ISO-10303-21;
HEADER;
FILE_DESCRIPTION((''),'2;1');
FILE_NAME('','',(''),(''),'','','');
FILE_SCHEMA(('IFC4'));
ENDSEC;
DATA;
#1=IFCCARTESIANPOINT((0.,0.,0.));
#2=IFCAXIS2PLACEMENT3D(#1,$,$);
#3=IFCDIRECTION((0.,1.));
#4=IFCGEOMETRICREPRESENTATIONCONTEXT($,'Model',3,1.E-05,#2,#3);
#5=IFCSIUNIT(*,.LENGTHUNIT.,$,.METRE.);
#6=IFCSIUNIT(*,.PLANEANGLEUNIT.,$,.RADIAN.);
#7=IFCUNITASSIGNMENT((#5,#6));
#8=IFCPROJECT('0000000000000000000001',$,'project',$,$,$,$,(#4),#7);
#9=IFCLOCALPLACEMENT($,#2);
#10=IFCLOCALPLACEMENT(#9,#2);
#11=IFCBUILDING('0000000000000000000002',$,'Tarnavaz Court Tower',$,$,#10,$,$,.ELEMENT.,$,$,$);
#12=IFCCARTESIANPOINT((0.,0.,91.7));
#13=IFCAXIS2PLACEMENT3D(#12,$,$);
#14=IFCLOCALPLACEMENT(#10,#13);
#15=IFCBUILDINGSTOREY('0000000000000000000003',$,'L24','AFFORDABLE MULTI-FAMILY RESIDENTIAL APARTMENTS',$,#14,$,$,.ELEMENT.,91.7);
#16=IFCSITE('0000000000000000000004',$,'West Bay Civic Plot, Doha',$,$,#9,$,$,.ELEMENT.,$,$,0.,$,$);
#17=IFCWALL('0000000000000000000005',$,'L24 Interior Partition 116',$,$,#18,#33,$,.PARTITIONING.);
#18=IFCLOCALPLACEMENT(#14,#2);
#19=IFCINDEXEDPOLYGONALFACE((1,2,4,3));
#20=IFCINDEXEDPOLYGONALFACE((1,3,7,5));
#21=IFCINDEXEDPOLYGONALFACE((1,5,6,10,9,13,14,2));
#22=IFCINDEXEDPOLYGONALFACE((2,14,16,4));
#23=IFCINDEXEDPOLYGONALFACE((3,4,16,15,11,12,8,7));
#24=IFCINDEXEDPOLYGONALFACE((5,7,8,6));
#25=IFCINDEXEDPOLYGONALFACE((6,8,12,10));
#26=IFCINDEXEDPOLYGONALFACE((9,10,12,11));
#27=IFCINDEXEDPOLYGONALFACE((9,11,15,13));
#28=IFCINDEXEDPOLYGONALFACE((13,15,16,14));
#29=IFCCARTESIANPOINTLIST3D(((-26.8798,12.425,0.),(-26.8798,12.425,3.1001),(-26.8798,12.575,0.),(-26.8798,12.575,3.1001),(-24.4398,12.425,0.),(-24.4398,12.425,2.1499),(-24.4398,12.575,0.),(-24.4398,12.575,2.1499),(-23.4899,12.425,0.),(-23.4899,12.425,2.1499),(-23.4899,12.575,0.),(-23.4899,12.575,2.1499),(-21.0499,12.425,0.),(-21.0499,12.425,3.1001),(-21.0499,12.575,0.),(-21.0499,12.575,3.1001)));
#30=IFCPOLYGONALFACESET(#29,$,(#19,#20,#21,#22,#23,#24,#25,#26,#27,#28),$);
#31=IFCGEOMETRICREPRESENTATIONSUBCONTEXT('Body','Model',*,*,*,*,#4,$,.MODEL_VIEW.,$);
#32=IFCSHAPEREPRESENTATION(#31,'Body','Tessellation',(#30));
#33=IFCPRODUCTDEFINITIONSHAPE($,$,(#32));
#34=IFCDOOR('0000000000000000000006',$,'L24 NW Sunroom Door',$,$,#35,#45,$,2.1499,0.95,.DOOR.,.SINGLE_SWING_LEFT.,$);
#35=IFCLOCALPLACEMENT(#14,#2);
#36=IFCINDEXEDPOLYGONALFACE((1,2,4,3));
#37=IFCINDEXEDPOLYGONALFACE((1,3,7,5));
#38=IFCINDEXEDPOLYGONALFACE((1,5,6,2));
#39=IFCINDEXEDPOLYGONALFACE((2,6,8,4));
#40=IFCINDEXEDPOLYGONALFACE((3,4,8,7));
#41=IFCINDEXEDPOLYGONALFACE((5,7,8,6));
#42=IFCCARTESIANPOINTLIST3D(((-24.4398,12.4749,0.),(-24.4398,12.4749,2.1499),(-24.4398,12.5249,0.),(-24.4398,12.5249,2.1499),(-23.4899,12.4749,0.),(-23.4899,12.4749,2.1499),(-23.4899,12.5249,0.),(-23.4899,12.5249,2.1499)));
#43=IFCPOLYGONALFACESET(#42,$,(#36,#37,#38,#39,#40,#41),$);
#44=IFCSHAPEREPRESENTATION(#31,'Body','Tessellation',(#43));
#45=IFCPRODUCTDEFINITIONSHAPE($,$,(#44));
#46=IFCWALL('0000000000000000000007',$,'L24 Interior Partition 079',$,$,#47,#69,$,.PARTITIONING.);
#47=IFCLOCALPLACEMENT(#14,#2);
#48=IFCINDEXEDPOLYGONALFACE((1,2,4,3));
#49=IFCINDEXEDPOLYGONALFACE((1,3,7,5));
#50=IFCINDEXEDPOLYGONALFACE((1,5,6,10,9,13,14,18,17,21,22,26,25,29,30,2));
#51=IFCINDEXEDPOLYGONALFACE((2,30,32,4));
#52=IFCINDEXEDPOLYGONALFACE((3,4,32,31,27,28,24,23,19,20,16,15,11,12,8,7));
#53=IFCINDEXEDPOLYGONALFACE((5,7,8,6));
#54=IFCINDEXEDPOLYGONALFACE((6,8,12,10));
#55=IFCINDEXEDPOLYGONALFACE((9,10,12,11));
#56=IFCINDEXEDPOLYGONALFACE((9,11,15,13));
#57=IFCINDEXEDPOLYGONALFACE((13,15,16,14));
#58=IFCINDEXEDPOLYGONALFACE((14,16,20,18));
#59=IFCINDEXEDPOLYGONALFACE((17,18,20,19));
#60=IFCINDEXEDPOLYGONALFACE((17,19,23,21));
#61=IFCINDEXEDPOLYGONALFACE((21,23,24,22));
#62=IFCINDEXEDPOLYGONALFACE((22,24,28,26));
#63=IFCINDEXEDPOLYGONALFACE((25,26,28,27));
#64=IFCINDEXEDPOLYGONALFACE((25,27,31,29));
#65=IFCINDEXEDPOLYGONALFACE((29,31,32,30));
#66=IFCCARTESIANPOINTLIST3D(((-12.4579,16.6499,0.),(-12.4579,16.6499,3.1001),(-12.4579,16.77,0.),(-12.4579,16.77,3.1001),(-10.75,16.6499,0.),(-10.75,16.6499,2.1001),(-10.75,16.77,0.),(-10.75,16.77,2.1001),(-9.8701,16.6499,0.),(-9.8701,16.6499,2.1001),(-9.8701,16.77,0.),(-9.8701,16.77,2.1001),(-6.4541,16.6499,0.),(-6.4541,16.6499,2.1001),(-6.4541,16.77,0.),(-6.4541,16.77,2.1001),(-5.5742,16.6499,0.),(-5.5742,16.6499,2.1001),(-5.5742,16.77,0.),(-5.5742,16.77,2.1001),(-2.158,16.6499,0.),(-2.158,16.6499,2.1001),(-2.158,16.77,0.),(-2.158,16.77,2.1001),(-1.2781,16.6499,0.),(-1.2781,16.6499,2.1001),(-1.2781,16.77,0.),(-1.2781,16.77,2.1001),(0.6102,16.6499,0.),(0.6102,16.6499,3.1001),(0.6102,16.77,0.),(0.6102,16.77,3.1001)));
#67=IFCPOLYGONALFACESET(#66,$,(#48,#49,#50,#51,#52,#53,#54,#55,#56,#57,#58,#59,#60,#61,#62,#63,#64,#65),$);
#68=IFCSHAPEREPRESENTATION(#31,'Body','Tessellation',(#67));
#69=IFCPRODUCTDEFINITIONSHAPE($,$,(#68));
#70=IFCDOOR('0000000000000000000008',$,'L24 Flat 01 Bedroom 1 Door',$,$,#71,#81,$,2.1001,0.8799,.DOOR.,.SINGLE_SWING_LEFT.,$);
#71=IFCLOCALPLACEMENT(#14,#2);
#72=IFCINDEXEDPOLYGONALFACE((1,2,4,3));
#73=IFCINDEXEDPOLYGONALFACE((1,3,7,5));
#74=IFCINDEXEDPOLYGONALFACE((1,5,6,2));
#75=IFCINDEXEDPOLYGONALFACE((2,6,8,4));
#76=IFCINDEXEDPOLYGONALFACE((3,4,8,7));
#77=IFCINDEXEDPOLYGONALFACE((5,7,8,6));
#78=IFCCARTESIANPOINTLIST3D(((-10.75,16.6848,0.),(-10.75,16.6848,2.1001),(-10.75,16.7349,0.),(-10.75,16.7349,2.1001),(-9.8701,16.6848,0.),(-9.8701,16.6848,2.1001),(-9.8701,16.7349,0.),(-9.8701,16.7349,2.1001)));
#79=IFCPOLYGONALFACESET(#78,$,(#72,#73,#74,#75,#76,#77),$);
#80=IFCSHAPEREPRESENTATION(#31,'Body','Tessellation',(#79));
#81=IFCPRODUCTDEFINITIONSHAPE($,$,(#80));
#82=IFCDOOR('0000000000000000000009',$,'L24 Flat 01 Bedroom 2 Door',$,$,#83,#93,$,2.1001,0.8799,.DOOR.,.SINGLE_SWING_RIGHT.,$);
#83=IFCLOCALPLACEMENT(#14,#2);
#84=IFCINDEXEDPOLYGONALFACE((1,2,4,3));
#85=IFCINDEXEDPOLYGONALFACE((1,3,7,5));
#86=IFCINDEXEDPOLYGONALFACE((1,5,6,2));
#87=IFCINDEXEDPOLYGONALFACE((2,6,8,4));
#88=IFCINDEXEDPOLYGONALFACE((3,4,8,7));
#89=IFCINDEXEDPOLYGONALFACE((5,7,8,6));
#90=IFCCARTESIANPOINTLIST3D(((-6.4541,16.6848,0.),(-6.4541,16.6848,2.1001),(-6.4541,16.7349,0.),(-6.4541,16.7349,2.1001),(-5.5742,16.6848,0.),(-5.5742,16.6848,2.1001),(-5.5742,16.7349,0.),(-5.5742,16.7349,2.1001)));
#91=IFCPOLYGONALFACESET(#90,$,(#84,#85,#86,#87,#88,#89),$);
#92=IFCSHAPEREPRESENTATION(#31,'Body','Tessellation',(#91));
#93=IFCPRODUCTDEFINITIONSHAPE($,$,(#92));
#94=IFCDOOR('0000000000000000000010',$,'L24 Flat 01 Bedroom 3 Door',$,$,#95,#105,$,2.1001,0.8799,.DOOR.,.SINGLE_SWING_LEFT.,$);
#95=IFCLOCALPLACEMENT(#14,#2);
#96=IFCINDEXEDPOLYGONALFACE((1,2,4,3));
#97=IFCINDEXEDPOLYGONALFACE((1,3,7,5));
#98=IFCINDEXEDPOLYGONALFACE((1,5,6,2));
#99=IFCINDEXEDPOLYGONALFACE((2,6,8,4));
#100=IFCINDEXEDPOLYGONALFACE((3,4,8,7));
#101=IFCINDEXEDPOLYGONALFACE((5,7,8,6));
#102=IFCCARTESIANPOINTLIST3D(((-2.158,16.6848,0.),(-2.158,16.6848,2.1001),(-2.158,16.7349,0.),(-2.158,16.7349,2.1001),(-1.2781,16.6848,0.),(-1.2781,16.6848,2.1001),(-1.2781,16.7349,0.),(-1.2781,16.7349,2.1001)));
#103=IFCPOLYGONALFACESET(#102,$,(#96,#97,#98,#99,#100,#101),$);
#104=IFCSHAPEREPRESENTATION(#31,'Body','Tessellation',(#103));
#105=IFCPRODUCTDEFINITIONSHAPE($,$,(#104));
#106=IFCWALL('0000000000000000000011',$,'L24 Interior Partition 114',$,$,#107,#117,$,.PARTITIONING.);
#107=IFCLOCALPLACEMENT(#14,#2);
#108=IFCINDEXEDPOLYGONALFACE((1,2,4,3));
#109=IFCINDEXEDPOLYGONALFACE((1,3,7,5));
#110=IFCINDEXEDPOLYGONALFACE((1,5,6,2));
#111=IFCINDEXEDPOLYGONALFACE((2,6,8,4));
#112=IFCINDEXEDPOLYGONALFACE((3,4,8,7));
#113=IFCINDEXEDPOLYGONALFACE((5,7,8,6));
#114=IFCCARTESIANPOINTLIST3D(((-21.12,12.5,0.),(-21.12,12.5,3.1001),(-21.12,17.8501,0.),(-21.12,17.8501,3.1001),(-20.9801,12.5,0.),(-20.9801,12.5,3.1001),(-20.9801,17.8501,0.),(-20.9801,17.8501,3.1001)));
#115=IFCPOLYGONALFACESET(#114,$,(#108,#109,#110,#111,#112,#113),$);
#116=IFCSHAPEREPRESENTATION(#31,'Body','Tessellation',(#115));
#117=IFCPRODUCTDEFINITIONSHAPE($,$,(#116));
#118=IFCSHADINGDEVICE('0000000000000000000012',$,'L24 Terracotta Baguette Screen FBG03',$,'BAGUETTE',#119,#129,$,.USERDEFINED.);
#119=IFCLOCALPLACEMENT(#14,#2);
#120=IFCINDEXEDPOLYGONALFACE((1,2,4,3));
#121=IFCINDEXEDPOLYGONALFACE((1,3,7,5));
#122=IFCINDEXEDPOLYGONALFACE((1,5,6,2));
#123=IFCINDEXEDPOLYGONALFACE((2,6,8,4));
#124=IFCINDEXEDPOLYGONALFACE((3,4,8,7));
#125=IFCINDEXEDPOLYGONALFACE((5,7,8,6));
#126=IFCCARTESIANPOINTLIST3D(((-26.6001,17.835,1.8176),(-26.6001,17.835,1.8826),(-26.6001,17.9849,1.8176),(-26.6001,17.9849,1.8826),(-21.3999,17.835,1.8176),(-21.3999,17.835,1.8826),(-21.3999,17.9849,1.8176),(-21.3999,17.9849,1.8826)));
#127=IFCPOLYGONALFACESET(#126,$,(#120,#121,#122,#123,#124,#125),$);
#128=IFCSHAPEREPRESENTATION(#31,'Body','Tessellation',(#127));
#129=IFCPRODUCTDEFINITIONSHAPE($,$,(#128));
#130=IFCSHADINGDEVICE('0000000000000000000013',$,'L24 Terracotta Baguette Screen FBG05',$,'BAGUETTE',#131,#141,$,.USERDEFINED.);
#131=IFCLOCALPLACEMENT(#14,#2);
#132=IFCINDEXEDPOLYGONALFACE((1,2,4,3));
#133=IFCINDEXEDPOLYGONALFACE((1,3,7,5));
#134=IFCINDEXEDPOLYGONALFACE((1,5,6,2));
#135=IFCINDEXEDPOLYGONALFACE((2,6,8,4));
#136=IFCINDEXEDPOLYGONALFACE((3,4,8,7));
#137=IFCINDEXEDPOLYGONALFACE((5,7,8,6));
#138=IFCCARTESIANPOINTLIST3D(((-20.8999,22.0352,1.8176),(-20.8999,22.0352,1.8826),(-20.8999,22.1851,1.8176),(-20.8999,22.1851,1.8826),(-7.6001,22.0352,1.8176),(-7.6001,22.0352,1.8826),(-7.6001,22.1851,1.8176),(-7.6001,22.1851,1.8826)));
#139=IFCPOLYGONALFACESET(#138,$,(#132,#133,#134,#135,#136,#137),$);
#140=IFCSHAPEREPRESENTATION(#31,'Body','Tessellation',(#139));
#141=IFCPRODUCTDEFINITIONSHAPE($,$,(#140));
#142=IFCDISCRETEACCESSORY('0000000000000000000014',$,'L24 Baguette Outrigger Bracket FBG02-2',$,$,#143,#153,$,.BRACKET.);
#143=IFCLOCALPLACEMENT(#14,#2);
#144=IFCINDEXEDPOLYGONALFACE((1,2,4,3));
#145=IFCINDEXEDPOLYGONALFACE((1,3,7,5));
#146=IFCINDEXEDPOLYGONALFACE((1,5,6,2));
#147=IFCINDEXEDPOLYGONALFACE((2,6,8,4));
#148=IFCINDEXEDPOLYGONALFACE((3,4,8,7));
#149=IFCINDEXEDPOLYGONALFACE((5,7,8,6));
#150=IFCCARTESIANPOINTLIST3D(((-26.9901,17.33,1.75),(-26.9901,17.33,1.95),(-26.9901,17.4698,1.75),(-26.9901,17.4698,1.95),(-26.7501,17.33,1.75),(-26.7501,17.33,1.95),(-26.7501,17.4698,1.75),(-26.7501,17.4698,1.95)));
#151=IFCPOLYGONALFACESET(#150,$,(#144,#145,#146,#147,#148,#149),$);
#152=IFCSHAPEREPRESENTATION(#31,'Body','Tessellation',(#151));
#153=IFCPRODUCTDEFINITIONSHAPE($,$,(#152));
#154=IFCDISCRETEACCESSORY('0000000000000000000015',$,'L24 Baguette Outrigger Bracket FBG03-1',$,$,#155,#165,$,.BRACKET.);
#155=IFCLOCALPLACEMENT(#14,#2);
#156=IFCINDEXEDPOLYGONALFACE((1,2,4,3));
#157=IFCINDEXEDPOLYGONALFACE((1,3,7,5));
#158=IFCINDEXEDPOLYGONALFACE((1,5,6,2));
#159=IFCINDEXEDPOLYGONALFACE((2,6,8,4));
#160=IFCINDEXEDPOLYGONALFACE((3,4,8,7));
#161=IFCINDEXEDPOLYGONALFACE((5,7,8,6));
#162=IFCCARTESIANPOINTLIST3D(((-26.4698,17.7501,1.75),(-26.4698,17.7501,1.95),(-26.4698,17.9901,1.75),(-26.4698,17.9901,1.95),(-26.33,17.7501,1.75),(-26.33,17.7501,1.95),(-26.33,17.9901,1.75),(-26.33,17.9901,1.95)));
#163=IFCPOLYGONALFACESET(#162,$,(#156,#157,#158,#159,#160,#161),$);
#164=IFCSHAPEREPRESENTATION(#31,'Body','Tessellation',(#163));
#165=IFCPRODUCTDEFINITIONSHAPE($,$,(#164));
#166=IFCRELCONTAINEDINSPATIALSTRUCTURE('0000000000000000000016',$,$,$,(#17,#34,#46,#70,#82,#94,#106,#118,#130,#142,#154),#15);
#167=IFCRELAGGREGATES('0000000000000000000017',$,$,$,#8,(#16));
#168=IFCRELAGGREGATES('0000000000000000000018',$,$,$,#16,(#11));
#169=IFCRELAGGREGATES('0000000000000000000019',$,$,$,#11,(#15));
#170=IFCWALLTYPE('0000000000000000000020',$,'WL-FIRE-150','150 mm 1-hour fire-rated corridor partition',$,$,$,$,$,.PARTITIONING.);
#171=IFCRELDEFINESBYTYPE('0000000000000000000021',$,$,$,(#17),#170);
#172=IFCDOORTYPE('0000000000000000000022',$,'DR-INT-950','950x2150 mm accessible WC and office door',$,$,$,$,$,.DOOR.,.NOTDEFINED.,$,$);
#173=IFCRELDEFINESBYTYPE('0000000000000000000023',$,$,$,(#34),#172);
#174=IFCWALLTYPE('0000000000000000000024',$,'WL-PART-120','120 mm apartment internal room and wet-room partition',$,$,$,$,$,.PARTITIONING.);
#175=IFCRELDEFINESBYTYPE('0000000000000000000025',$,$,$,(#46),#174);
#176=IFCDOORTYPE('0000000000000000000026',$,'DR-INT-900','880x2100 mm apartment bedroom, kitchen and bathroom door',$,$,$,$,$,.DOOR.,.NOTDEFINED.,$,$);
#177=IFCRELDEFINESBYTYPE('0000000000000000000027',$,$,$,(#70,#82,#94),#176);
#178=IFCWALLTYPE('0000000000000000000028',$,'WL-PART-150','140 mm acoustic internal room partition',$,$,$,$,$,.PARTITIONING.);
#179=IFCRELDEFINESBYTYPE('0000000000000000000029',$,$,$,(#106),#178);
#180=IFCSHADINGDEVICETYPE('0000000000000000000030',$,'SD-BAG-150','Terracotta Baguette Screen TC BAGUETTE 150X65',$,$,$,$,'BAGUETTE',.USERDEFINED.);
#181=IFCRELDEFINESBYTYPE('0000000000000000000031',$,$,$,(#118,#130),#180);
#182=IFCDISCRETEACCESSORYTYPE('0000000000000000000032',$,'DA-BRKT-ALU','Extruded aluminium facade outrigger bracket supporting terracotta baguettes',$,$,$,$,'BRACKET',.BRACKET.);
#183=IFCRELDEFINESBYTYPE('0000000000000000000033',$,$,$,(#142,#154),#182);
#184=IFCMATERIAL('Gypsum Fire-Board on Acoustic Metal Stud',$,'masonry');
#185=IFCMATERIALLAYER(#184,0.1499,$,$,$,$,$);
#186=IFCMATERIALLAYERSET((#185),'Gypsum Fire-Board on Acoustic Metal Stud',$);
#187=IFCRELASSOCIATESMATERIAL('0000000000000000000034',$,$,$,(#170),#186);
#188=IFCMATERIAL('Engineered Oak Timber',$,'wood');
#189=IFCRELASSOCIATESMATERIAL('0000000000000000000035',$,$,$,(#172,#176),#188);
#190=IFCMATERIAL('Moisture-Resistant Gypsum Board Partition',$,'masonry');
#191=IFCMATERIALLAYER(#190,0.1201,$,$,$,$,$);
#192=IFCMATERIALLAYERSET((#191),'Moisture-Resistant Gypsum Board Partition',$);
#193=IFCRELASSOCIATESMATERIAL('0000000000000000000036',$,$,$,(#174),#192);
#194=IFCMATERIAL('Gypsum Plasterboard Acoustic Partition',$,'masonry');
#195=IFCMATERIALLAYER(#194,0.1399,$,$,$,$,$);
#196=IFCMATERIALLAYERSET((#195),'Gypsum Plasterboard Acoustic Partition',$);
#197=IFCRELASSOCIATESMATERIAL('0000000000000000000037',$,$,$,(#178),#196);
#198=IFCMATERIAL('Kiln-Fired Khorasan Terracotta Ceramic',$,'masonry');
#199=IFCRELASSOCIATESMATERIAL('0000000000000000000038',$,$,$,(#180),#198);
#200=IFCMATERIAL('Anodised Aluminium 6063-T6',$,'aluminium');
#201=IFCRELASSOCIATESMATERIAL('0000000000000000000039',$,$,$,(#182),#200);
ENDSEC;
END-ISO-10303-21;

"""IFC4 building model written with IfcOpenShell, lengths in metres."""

from ifc_helpers import new_model, si_unit, direction, frame, frame_2d, origin, origin_2d, place, context, subcontext, project, spatial, rectangle, extrude, material, layer, layer_set, material_profile, profile_set, type_object, element, fill, save


model = new_model("IFC4")

# Units and contexts
model_context = context("Model", 3, precision=1e-05, world=origin(), true_north=direction((0.0, 1.0)))
body_context = subcontext(model_context, "Body", "Model", "MODEL_VIEW")
ifc_project = project(units=[si_unit("LENGTHUNIT", "METRE"), si_unit("PLANEANGLEUNIT", "RADIAN")], contexts=[model_context])

# Site, building, storey
site_placement = place(None, origin())
site = spatial("IfcSite", under=ifc_project, at=site_placement, Name="West Bay Civic Plot, Doha", CompositionType="ELEMENT", RefElevation=0.0)
building_placement = place(site_placement, origin())
building = spatial("IfcBuilding", under=site, at=building_placement, Name="Tarnavaz Court Tower", CompositionType="ELEMENT")
storey_placement = place(building_placement, frame((0.0, 0.0, 91.7)))
storey = spatial("IfcBuildingStorey", under=building, at=storey_placement, Name="L24", Description="AFFORDABLE MULTI-FAMILY RESIDENTIAL APARTMENTS", CompositionType="ELEMENT", Elevation=91.7)

# Wall, opening, door
ifc_material_1 = material(Name="Gypsum Fire-Board on Acoustic Metal Stud", Category="masonry")
ifc_layer_1 = layer(ifc_material_1, 0.1499)
ifc_layer_set_1 = layer_set([ifc_layer_1], Name="Gypsum Fire-Board on Acoustic Metal Stud")
wall_type_1 = type_object("IfcWallType", Name="WL-FIRE-150", Description="150 mm 1-hour fire-rated corridor partition", PredefinedType="PARTITIONING", material=ifc_layer_set_1)
wall_1_placement = place(storey_placement, frame((-26.8799, 12.5, 0.0), z_axis=(0.0, 0.0, 1.0), x_axis=(1.0, 0.0, 0.0)))
wall_1 = element("IfcWall", 1, at=wall_1_placement, inside=storey, type_object=wall_type_1, Name="L24 Interior Partition 116", PredefinedType="PARTITIONING", context=body_context, shape_type="SweptSolid", body=[
    extrude(rectangle(XDim=5.8298, YDim=0.1499, at=frame_2d((2.915, 0.0))), origin(), (0.0, 0.0, 1.0), 3.1001),
])
opening_1_placement = place(wall_1_placement, frame((2.4399, 0.0, 0.0)))
opening_1 = element("IfcOpeningElement", 2, at=opening_1_placement, cuts=wall_1, PredefinedType="OPENING", context=body_context, shape_type="SweptSolid", body=[
    extrude(rectangle(XDim=0.95, YDim=2.1499, at=frame_2d((0.4751, 1.075))), frame((0.0, 0.085, 0.0), z_axis=(0.0, -1.0, 0.0), x_axis=(1.0, 0.0, 0.0)), (0.0, 0.0, 1.0), 0.1699),
])
ifc_material_2 = material(Name="Engineered Oak Timber", Category="wood")
door_type_1 = type_object("IfcDoorType", Name="DR-INT-950", Description="950x2150 mm accessible WC and office door", OperationType="NOTDEFINED", PredefinedType="DOOR", material=ifc_material_2)
door_1_placement = place(opening_1_placement, origin())
door_1 = element("IfcDoor", 3, at=door_1_placement, inside=storey, type_object=door_type_1, Name="L24 NW Sunroom Door", OperationType="SINGLE_SWING_LEFT", OverallHeight=2.1499, OverallWidth=0.95, PredefinedType="DOOR", context=body_context, shape_type="SweptSolid", body=[
    extrude(rectangle(XDim=0.95, YDim=2.1499, at=frame_2d((0.4751, 1.075))), frame((0.0, 0.0249, 0.0), z_axis=(0.0, -1.0, 0.0), x_axis=(1.0, 0.0, 0.0)), (0.0, 0.0, 1.0), 0.05),
])
fill(opening_1, door_1)

# Wall, openings, doors
ifc_material_3 = material(Name="Moisture-Resistant Gypsum Board Partition", Category="masonry")
ifc_layer_2 = layer(ifc_material_3, 0.1201)
ifc_layer_set_2 = layer_set([ifc_layer_2], Name="Moisture-Resistant Gypsum Board Partition")
wall_type_2 = type_object("IfcWallType", Name="WL-PART-120", Description="120 mm apartment internal room and wet-room partition", PredefinedType="PARTITIONING", material=ifc_layer_set_2)
wall_2_placement = place(storey_placement, frame((-12.458, 16.71, 0.0), z_axis=(0.0, 0.0, 1.0), x_axis=(1.0, 0.0, 0.0)))
wall_2 = element("IfcWall", 4, at=wall_2_placement, inside=storey, type_object=wall_type_2, Name="L24 Interior Partition 079", PredefinedType="PARTITIONING", context=body_context, shape_type="SweptSolid", body=[
    extrude(rectangle(XDim=13.0681, YDim=0.1201, at=frame_2d((6.5342, 0.0))), origin(), (0.0, 0.0, 1.0), 3.1001),
])
opening_2_placement = place(wall_2_placement, frame((1.708, 0.0, 0.0)))
opening_2 = element("IfcOpeningElement", 5, at=opening_2_placement, cuts=wall_2, PredefinedType="OPENING", context=body_context, shape_type="SweptSolid", body=[
    extrude(rectangle(XDim=0.8799, YDim=2.1001, at=frame_2d((0.4399, 1.05))), frame((0.0, 0.0701, 0.0), z_axis=(0.0, -1.0, 0.0), x_axis=(1.0, 0.0, 0.0)), (0.0, 0.0, 1.0), 0.1401),
])
opening_3_placement = place(wall_2_placement, frame((6.0039, 0.0, 0.0)))
opening_3 = element("IfcOpeningElement", 6, at=opening_3_placement, cuts=wall_2, PredefinedType="OPENING", context=body_context, shape_type="SweptSolid", body=[
    extrude(rectangle(XDim=0.8799, YDim=2.1001, at=frame_2d((0.4399, 1.05))), frame((0.0, 0.0701, 0.0), z_axis=(0.0, -1.0, 0.0), x_axis=(1.0, 0.0, 0.0)), (0.0, 0.0, 1.0), 0.1401),
])
opening_4_placement = place(wall_2_placement, frame((10.3, 0.0, 0.0)))
opening_4 = element("IfcOpeningElement", 7, at=opening_4_placement, cuts=wall_2, PredefinedType="OPENING", context=body_context, shape_type="SweptSolid", body=[
    extrude(rectangle(XDim=0.8799, YDim=2.1001, at=frame_2d((0.4399, 1.05))), frame((0.0, 0.0701, 0.0), z_axis=(0.0, -1.0, 0.0), x_axis=(1.0, 0.0, 0.0)), (0.0, 0.0, 1.0), 0.1401),
])
door_type_2 = type_object("IfcDoorType", Name="DR-INT-900", Description="880x2100 mm apartment bedroom, kitchen and bathroom door", OperationType="NOTDEFINED", PredefinedType="DOOR", material=ifc_material_2)
door_2_placement = place(opening_2_placement, origin())
door_2 = element("IfcDoor", 8, at=door_2_placement, inside=storey, type_object=door_type_2, Name="L24 Flat 01 Bedroom 1 Door", OperationType="SINGLE_SWING_LEFT", OverallHeight=2.1001, OverallWidth=0.8799, PredefinedType="DOOR", context=body_context, shape_type="SweptSolid", body=[
    extrude(rectangle(XDim=0.8799, YDim=2.1001, at=frame_2d((0.4399, 1.05))), frame((0.0, 0.0249, 0.0), z_axis=(0.0, -1.0, 0.0), x_axis=(1.0, 0.0, 0.0)), (0.0, 0.0, 1.0), 0.05),
])
fill(opening_2, door_2)
door_3_placement = place(opening_3_placement, origin())
door_3 = element("IfcDoor", 9, at=door_3_placement, inside=storey, type_object=door_type_2, Name="L24 Flat 01 Bedroom 2 Door", OperationType="SINGLE_SWING_RIGHT", OverallHeight=2.1001, OverallWidth=0.8799, PredefinedType="DOOR", context=body_context, shape_type="SweptSolid", body=[
    extrude(rectangle(XDim=0.8799, YDim=2.1001, at=frame_2d((0.4399, 1.05))), frame((0.0, 0.0249, 0.0), z_axis=(0.0, -1.0, 0.0), x_axis=(1.0, 0.0, 0.0)), (0.0, 0.0, 1.0), 0.05),
])
fill(opening_3, door_3)
door_4_placement = place(opening_4_placement, origin())
door_4 = element("IfcDoor", 10, at=door_4_placement, inside=storey, type_object=door_type_2, Name="L24 Flat 01 Bedroom 3 Door", OperationType="SINGLE_SWING_LEFT", OverallHeight=2.1001, OverallWidth=0.8799, PredefinedType="DOOR", context=body_context, shape_type="SweptSolid", body=[
    extrude(rectangle(XDim=0.8799, YDim=2.1001, at=frame_2d((0.4399, 1.05))), frame((0.0, 0.0249, 0.0), z_axis=(0.0, -1.0, 0.0), x_axis=(1.0, 0.0, 0.0)), (0.0, 0.0, 1.0), 0.05),
])
fill(opening_4, door_4)

# Wall
ifc_material_4 = material(Name="Gypsum Plasterboard Acoustic Partition", Category="masonry")
ifc_layer_3 = layer(ifc_material_4, 0.1399)
ifc_layer_set_3 = layer_set([ifc_layer_3], Name="Gypsum Plasterboard Acoustic Partition")
wall_type_3 = type_object("IfcWallType", Name="WL-PART-150", Description="140 mm acoustic internal room partition", PredefinedType="PARTITIONING", material=ifc_layer_set_3)
wall_3_placement = place(storey_placement, frame((-21.05, 12.5, 0.0), z_axis=(0.0, 0.0, 1.0), x_axis=(0.0, 1.0, 0.0)))
element("IfcWall", 11, at=wall_3_placement, inside=storey, type_object=wall_type_3, Name="L24 Interior Partition 114", PredefinedType="PARTITIONING", context=body_context, shape_type="SweptSolid", body=[
    extrude(rectangle(XDim=5.3501, YDim=0.1399, at=frame_2d((2.675, 0.0))), origin(), (0.0, 0.0, 1.0), 3.1001),
])

# Shading devices
ifc_material_5 = material(Name="Kiln-Fired Khorasan Terracotta Ceramic", Category="masonry")
ifc_material_profile_1 = material_profile(ifc_material_5, rectangle(XDim=0.1499, YDim=0.0649, at=origin_2d()), Name="TC BAGUETTE 150X65")
ifc_profile_set_1 = profile_set([ifc_material_profile_1], Name="Kiln-Fired Khorasan Terracotta Ceramic")
shading_device_type = type_object("IfcShadingDeviceType", Name="SD-BAG-150", Description="Terracotta Baguette Screen TC BAGUETTE 150X65", ElementType="BAGUETTE", PredefinedType="USERDEFINED", material=ifc_profile_set_1)
shading_device_1_placement = place(storey_placement, frame((-26.6001, 17.9099, 1.8501), z_axis=(1.0, 0.0, 0.0), x_axis=(0.0, 1.0, 0.0)))
element("IfcShadingDevice", 12, at=shading_device_1_placement, inside=storey, type_object=shading_device_type, Name="L24 Terracotta Baguette Screen FBG03", ObjectType="BAGUETTE", PredefinedType="USERDEFINED", context=body_context, shape_type="SweptSolid", body=[
    extrude(rectangle(XDim=0.1499, YDim=0.0649, at=origin_2d()), origin(), (0.0, 0.0, 1.0), 5.2002),
])
shading_device_2_placement = place(storey_placement, frame((-20.8999, 22.1101, 1.8501), z_axis=(1.0, 0.0, 0.0), x_axis=(0.0, 1.0, 0.0)))
element("IfcShadingDevice", 13, at=shading_device_2_placement, inside=storey, type_object=shading_device_type, Name="L24 Terracotta Baguette Screen FBG05", ObjectType="BAGUETTE", PredefinedType="USERDEFINED", context=body_context, shape_type="SweptSolid", body=[
    extrude(rectangle(XDim=0.1499, YDim=0.0649, at=origin_2d()), origin(), (0.0, 0.0, 1.0), 13.2998),
])

# Discrete accessories
ifc_material_6 = material(Name="Anodised Aluminium 6063-T6", Category="aluminium")
discrete_accessory_type = type_object("IfcDiscreteAccessoryType", Name="DA-BRKT-ALU", Description="Extruded aluminium facade outrigger bracket supporting terracotta baguettes", ElementType="BRACKET", PredefinedType="BRACKET", material=ifc_material_6)
for number, where, z_axis, x_axis, name in (
    (14, (-26.8701, 17.3999, 1.75), (0.0, 0.0, 1.0), (0.0, 1.0, 0.0), "L24 Baguette Outrigger Bracket FBG02-2"),
    (15, (-26.3999, 17.8701, 1.75), (0.0, 0.0, 1.0), (1.0, 0.0, 0.0), "L24 Baguette Outrigger Bracket FBG03-1"),
):
    element("IfcDiscreteAccessory", number, at=place(storey_placement, frame(where, z_axis=z_axis, x_axis=x_axis)), inside=storey, type_object=discrete_accessory_type, Name=name, PredefinedType="BRACKET", context=body_context, shape_type="SweptSolid", body=[
        extrude(rectangle(XDim=0.1399, YDim=0.24, at=origin_2d()), origin(), (0.0, 0.0, 1.0), 0.2),
    ])

save(model, "model.ifc")
